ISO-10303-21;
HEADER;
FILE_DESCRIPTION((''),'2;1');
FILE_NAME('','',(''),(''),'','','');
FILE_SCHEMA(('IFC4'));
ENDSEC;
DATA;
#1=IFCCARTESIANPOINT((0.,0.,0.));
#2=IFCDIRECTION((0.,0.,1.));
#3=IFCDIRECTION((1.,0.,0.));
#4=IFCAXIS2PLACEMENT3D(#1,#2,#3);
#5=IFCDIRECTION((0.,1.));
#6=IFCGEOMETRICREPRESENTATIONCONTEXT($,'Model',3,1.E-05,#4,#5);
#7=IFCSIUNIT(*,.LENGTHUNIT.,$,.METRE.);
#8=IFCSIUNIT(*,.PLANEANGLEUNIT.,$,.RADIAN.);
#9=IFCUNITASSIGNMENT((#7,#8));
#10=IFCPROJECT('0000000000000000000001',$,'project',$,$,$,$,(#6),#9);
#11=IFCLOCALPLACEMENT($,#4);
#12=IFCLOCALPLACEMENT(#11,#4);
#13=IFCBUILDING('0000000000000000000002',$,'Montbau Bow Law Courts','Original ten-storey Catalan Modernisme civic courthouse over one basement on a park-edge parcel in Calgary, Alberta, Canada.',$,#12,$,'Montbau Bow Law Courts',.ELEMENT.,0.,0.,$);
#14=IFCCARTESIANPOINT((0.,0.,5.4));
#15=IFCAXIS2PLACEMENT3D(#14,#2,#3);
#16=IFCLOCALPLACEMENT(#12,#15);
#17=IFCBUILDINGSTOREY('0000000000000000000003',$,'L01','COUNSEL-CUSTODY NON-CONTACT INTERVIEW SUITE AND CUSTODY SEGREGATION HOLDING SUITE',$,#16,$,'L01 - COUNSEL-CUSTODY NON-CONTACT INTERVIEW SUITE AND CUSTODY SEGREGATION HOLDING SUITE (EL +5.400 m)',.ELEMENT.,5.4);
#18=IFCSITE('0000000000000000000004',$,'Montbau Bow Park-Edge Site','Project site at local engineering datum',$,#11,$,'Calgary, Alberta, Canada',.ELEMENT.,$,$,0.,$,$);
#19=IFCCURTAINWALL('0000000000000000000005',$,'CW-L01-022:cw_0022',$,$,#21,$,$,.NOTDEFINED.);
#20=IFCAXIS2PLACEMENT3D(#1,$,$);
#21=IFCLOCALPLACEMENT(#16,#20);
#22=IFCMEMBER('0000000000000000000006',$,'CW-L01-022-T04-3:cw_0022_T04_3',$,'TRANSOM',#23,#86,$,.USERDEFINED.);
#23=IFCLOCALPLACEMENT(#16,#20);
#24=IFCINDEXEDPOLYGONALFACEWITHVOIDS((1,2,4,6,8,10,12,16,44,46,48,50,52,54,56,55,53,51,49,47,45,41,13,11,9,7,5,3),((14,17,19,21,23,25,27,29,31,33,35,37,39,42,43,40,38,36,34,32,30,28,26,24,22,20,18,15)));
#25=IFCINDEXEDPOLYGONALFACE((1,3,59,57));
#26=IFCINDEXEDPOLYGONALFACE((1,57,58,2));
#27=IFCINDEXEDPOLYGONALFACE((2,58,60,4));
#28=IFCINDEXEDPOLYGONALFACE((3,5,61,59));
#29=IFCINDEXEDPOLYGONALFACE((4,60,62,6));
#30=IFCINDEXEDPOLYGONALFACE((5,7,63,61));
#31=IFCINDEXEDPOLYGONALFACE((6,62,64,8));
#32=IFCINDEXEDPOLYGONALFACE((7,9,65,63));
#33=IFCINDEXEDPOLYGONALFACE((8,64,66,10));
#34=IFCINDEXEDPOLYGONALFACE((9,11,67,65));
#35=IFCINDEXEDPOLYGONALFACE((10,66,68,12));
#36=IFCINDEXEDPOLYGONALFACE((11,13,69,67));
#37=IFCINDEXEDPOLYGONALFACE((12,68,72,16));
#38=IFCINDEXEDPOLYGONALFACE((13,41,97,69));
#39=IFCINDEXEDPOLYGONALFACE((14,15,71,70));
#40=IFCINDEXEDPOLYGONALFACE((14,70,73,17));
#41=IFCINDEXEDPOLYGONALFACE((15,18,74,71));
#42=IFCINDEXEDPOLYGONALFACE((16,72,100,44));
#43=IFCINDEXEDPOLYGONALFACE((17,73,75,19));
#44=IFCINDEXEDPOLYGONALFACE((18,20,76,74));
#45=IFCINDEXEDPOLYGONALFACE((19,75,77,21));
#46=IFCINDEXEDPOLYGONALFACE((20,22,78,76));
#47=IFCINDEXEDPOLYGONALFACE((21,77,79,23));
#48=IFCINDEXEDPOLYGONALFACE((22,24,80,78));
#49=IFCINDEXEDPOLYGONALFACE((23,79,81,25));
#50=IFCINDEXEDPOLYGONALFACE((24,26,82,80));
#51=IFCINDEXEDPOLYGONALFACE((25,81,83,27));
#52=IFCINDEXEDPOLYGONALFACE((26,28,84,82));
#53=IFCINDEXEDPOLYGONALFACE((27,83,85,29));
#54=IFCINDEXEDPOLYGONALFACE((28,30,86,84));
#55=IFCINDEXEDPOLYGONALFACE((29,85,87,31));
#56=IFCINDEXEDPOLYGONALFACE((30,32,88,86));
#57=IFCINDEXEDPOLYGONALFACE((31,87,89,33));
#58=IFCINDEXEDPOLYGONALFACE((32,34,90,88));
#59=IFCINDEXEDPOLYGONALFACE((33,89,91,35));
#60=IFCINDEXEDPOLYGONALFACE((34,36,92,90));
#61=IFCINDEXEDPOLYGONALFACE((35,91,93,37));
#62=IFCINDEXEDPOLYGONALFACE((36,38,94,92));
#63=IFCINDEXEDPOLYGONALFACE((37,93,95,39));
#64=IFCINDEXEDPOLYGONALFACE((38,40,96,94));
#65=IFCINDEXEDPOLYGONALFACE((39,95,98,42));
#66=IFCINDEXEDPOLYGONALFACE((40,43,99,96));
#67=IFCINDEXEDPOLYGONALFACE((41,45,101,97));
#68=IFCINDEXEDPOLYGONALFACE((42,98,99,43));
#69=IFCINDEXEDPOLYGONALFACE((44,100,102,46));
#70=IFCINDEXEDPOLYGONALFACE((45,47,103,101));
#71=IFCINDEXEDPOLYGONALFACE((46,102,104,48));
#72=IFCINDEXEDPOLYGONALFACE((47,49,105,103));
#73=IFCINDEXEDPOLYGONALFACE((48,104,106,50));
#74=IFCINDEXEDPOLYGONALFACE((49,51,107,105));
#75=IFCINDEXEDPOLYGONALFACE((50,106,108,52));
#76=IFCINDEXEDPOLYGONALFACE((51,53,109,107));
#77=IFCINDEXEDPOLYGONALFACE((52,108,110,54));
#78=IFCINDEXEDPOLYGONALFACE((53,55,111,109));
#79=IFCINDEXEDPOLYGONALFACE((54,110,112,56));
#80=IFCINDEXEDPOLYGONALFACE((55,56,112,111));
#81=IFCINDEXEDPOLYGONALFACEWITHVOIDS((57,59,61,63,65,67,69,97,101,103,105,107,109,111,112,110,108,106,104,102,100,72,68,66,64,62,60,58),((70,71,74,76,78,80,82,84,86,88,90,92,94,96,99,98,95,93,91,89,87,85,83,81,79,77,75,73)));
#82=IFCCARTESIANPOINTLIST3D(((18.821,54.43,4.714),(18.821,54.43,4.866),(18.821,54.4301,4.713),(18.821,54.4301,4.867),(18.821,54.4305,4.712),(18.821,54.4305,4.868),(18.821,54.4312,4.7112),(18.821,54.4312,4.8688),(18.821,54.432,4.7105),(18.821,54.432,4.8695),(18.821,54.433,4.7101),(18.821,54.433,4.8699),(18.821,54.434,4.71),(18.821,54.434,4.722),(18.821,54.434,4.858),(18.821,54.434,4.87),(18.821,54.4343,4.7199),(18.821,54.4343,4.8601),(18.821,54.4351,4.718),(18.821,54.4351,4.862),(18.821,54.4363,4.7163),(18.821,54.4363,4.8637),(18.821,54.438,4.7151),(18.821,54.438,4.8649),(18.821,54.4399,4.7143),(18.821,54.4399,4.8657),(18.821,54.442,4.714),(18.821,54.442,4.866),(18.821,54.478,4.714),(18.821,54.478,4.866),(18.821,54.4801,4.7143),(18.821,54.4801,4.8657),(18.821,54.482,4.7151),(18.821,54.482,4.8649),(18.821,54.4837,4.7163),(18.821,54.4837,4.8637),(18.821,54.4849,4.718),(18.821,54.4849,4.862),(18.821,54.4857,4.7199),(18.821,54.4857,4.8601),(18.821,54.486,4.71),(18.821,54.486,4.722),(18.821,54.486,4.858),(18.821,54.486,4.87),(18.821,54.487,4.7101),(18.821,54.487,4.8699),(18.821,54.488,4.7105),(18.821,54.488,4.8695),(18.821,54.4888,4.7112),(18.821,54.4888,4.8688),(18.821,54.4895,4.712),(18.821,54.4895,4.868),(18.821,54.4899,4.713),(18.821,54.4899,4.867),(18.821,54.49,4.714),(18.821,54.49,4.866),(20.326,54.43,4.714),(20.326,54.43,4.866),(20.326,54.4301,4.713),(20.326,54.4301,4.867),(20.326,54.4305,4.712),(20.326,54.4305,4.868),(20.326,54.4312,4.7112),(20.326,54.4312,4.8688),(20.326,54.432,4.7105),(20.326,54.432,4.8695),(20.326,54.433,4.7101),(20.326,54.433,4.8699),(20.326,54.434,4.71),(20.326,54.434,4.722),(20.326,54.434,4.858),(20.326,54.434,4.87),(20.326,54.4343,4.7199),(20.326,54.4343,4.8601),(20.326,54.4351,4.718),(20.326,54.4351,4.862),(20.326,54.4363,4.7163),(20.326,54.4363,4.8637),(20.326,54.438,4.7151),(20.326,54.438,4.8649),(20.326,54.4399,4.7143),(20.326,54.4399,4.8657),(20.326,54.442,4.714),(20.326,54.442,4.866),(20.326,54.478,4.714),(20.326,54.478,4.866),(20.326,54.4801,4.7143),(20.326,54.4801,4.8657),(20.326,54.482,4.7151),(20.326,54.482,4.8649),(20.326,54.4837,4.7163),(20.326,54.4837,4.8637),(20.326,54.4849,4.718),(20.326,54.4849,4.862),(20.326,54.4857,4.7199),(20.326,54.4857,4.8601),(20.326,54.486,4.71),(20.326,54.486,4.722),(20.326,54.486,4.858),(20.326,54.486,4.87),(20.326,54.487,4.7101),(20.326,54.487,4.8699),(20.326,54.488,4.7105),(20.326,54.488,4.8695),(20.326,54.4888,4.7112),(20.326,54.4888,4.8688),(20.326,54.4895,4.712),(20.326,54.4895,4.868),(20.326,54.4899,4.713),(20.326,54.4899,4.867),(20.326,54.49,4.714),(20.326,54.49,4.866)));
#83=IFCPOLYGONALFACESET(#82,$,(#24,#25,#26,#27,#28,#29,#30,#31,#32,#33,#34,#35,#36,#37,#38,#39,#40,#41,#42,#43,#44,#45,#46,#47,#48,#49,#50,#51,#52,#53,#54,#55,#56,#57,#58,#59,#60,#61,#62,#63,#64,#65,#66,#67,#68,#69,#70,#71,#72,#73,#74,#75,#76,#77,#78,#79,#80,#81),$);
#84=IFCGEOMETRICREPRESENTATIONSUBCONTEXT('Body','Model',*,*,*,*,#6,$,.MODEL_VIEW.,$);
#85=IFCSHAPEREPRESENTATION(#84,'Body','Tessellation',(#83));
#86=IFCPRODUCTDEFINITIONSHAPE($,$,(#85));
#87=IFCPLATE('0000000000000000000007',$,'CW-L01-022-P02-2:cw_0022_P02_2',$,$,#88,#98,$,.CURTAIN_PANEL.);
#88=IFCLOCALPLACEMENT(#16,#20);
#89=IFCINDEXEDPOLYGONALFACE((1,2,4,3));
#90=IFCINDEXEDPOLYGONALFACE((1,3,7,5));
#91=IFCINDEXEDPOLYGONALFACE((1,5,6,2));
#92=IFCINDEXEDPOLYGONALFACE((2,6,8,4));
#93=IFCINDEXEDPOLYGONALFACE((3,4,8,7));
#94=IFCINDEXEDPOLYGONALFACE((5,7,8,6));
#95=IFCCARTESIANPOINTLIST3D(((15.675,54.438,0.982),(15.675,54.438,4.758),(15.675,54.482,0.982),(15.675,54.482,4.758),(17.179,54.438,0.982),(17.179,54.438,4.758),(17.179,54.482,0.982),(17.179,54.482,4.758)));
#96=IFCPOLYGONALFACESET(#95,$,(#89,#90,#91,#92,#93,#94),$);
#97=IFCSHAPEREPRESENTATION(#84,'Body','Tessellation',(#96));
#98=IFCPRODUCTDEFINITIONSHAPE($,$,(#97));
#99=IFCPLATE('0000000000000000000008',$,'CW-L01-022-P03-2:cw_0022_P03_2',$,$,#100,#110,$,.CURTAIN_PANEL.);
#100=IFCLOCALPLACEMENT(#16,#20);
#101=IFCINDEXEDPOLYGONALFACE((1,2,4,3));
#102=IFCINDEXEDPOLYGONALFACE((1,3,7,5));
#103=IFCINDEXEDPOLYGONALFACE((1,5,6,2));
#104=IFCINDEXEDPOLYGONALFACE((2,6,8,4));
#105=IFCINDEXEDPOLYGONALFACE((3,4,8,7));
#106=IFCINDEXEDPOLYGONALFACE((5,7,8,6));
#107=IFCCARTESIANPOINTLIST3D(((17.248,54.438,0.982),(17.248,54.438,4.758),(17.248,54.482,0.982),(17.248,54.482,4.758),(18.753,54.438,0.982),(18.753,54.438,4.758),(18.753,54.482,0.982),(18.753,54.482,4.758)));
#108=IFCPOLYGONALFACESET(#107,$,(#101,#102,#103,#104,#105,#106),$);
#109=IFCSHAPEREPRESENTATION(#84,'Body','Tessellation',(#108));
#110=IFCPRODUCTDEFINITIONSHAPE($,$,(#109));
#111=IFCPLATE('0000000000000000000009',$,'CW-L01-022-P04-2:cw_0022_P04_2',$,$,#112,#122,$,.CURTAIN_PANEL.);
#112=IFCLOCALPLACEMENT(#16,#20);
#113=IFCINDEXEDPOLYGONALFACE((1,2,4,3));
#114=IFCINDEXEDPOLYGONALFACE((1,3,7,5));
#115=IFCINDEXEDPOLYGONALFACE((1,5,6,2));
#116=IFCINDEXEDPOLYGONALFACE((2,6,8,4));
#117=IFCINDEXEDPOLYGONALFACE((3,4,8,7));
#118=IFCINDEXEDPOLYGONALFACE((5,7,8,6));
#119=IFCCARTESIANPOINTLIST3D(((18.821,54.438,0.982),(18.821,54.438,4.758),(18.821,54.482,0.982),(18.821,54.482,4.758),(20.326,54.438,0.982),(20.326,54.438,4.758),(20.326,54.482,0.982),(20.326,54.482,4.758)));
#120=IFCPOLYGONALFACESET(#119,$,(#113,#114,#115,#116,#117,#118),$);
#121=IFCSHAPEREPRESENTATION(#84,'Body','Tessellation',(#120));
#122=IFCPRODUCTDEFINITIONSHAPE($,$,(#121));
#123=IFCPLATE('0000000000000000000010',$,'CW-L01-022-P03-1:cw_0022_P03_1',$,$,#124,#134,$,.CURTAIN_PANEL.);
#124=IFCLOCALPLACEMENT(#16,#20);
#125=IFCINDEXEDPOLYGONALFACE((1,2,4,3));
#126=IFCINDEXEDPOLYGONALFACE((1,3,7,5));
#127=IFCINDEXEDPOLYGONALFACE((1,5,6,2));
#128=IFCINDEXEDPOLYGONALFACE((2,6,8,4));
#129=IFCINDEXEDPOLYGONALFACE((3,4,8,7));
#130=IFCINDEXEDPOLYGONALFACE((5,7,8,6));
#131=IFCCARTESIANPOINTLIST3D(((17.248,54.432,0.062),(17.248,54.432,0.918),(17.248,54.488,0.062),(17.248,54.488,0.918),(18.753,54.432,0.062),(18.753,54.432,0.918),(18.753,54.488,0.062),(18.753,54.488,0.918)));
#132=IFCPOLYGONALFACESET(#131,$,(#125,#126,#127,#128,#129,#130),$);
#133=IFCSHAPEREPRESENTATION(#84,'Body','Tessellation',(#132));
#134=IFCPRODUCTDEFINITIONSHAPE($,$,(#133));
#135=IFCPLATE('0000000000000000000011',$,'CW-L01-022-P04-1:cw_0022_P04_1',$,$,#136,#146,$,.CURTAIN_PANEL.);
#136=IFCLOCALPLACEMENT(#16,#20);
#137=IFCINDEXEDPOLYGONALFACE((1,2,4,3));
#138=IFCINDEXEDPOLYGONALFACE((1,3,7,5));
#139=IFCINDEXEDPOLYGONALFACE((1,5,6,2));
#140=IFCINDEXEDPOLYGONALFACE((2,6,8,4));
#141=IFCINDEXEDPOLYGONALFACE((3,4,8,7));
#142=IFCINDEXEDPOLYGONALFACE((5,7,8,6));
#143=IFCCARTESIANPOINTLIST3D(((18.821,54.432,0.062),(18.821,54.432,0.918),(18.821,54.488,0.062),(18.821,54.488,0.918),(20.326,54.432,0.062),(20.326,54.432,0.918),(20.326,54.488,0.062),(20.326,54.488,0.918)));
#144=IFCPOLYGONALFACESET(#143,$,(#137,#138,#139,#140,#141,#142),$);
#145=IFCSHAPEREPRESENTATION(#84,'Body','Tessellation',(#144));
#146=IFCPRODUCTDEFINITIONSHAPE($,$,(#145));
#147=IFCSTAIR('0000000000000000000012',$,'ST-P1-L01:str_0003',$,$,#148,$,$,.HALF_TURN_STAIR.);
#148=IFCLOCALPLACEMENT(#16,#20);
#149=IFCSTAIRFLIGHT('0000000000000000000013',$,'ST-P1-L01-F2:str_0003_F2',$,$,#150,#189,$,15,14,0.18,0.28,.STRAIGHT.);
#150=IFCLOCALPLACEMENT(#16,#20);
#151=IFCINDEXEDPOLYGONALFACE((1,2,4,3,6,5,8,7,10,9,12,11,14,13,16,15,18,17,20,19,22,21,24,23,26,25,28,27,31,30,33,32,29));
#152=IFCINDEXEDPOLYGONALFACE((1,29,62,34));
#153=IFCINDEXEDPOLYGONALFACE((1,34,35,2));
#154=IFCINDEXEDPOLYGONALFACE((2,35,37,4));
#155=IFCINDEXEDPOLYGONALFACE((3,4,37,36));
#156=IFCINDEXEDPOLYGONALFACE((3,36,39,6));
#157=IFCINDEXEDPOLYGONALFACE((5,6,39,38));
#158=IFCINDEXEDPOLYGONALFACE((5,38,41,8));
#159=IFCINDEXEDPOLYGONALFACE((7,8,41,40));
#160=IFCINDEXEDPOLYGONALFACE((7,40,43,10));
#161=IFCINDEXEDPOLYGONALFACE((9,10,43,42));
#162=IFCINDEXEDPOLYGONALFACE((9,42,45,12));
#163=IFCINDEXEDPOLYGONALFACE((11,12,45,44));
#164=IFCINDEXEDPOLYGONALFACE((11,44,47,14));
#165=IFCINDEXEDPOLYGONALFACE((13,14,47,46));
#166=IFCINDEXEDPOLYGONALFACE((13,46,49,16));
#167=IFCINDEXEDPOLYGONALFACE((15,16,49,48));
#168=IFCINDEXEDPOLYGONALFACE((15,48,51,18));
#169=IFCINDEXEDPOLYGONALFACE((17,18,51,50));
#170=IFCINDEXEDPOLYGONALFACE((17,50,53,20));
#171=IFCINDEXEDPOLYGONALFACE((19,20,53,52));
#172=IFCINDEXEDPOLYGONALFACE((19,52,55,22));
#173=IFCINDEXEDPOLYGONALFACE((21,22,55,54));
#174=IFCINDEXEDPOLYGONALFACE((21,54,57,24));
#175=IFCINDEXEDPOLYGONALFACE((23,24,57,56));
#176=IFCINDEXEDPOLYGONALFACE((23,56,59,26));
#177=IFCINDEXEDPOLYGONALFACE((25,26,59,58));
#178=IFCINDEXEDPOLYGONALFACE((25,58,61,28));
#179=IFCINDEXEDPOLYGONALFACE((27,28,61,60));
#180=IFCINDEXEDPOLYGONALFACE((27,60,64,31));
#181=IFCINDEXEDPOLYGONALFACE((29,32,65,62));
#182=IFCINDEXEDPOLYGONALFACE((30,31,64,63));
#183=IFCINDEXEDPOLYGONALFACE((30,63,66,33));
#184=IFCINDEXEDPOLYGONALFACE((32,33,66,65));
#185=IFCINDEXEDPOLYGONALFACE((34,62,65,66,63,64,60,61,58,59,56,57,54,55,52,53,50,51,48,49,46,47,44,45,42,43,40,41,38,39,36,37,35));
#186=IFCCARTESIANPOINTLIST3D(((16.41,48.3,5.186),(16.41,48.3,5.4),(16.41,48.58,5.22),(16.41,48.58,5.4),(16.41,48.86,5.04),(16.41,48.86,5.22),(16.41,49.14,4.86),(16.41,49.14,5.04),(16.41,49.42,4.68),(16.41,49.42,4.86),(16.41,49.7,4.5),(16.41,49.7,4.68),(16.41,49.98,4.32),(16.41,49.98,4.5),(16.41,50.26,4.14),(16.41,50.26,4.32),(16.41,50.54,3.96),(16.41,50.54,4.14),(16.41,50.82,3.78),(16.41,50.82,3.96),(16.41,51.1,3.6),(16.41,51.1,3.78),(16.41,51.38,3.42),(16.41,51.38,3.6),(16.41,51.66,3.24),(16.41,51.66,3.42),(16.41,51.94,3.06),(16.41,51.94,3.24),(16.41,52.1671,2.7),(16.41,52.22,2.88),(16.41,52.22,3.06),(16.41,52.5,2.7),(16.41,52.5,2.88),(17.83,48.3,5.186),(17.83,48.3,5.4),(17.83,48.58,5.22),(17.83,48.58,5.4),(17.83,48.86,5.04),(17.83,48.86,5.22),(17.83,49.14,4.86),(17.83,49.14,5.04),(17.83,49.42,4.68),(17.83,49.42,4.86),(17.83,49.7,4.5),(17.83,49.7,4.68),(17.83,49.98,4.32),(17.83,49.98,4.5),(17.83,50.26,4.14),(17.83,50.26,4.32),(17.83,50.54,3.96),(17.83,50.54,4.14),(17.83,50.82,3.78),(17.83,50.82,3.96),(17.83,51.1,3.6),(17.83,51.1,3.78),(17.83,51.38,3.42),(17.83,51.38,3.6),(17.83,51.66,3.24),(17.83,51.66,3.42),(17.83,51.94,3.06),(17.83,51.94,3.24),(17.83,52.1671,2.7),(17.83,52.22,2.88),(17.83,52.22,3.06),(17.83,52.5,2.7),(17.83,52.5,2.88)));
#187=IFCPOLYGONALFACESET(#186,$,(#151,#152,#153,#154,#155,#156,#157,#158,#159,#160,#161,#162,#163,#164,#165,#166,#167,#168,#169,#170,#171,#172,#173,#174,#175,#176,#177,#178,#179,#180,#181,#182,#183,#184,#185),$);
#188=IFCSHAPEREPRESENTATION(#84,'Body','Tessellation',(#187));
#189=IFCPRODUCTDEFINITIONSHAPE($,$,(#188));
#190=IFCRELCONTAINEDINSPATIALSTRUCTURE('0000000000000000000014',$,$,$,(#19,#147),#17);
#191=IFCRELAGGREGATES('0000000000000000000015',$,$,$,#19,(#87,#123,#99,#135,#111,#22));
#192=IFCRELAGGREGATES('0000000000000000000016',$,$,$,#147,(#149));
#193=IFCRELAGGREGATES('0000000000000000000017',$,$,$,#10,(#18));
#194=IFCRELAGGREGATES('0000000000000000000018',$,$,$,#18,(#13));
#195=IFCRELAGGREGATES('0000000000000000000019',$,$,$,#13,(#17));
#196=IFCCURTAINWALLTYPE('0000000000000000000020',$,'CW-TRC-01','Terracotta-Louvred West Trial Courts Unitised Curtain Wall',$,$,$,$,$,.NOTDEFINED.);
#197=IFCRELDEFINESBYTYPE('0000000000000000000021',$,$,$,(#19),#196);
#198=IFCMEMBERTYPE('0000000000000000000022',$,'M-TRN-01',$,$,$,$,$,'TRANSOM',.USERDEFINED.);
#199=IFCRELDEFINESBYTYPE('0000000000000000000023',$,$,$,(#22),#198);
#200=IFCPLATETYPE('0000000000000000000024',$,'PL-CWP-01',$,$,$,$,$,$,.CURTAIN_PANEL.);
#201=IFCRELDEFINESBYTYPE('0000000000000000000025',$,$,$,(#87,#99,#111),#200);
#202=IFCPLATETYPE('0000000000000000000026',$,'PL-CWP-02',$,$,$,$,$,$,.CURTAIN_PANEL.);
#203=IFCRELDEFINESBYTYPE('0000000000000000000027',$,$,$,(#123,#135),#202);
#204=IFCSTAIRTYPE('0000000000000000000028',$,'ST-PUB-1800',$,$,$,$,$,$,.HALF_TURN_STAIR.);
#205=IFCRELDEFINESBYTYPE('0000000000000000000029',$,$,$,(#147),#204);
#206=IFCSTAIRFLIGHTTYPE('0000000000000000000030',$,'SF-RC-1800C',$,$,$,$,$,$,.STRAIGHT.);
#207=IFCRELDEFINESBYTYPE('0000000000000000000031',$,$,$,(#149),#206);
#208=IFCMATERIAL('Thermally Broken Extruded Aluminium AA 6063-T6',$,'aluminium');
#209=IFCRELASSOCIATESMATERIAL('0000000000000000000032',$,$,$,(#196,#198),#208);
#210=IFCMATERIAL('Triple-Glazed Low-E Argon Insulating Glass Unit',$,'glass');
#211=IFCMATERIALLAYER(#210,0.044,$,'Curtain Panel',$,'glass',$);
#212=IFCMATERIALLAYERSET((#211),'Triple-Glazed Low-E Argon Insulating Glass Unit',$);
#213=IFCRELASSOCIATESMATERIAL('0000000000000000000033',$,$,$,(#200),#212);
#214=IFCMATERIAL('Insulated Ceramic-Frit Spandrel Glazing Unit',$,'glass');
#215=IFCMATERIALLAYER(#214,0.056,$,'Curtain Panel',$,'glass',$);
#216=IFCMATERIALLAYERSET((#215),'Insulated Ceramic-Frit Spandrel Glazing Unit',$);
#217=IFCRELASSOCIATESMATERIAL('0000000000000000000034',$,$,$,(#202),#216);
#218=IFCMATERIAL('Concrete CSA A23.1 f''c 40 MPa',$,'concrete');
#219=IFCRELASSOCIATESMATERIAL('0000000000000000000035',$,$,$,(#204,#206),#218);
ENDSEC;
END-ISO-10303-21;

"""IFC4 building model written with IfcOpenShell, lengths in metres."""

from ifc_helpers import new_model, si_unit, direction, frame, frame_2d, origin_with_axes, origin_2d_with_axis, place, context, subcontext, project, spatial, polyline, rectangle, hollow_rectangle, outline, extrude, material, layer, layer_set, material_profile, profile_set, type_object, element, aggregate, save


model = new_model("IFC4")

# Units and contexts
model_context = context("Model", 3, precision=1e-05, world=origin_with_axes(), true_north=direction((0.0, 1.0)))
body_context = subcontext(model_context, "Body", "Model", "MODEL_VIEW")
ifc_project = project(units=[si_unit("LENGTHUNIT", "METRE"), si_unit("PLANEANGLEUNIT", "RADIAN")], contexts=[model_context])

# Site, building, storey
site_placement = place(None, origin_with_axes())
site = spatial("IfcSite", under=ifc_project, at=site_placement, Name="Montbau Bow Park-Edge Site", Description="Project site at local engineering datum", LongName="Calgary, Alberta, Canada", CompositionType="ELEMENT", RefElevation=0.0)
building_placement = place(site_placement, origin_with_axes())
building = spatial("IfcBuilding", under=site, at=building_placement, Name="Montbau Bow Law Courts", Description="Original ten-storey Catalan Modernisme civic courthouse over one basement on a park-edge parcel in Calgary, Alberta, Canada.", LongName="Montbau Bow Law Courts", CompositionType="ELEMENT", ElevationOfRefHeight=0.0, ElevationOfTerrain=0.0)
storey_placement = place(building_placement, frame((0.0, 0.0, 5.4), z_axis=(0.0, 0.0, 1.0), x_axis=(1.0, 0.0, 0.0)))
storey = spatial("IfcBuildingStorey", under=building, at=storey_placement, Name="L01", Description="COUNSEL-CUSTODY NON-CONTACT INTERVIEW SUITE AND CUSTODY SEGREGATION HOLDING SUITE", LongName="L01 - COUNSEL-CUSTODY NON-CONTACT INTERVIEW SUITE AND CUSTODY SEGREGATION HOLDING SUITE (EL +5.400 m)", CompositionType="ELEMENT", Elevation=5.4)

# Curtain wall, member, plates
ifc_material_1 = material(Name="Thermally Broken Extruded Aluminium AA 6063-T6", Category="aluminium")
curtain_wall_type = type_object("IfcCurtainWallType", Name="CW-TRC-01", Description="Terracotta-Louvred West Trial Courts Unitised Curtain Wall", PredefinedType="NOTDEFINED", material=ifc_material_1)
curtain_wall_placement = place(None, frame((14.068, 54.46, 5.4), z_axis=(0.0, 0.0, 1.0), x_axis=(1.0, 0.0, 0.0)))
curtain_wall = element("IfcCurtainWall", 1, at=curtain_wall_placement, inside=storey, type_object=curtain_wall_type, Name="CW-L01-022:cw_0022", PredefinedType="NOTDEFINED")
ifc_material_profile_1 = material_profile(ifc_material_1, hollow_rectangle(XDim=0.06, YDim=0.16, WallThickness=0.004, InnerFilletRadius=0.008, OuterFilletRadius=0.004, at=origin_2d_with_axis()), Name="CWT-160X60", Category="Main", Priority=0)
ifc_profile_set_1 = profile_set([ifc_material_profile_1], Name="Thermally Broken Extruded Aluminium AA 6063-T6")
member_type_1 = type_object("IfcMemberType", Name="M-TRN-01", ElementType="TRANSOM", PredefinedType="USERDEFINED", material=ifc_profile_set_1)
member_1_placement = place(None, frame((18.821, 54.46, 10.19), z_axis=(1.0, 0.0, 0.0), x_axis=(0.0, 1.0, 0.0)))
member_1 = element("IfcMember", 2, at=member_1_placement, type_object=member_type_1, Name="CW-L01-022-T04-3:cw_0022_T04_3", ObjectType="TRANSOM", PredefinedType="USERDEFINED", context=body_context, shape_type="SweptSolid", body=[
    extrude(hollow_rectangle(XDim=0.06, YDim=0.16, WallThickness=0.004, InnerFilletRadius=0.008, OuterFilletRadius=0.004, at=origin_2d_with_axis()), origin_with_axes(), (0.0, 0.0, 1.0), 1.505),
])
ifc_material_2 = material(Name="Triple-Glazed Low-E Argon Insulating Glass Unit", Category="glass")
ifc_layer_1 = layer(ifc_material_2, 0.044, Name="Curtain Panel", Category="glass")
ifc_layer_set_1 = layer_set([ifc_layer_1], Name="Triple-Glazed Low-E Argon Insulating Glass Unit")
plate_type_1 = type_object("IfcPlateType", Name="PL-CWP-01", PredefinedType="CURTAIN_PANEL", material=ifc_layer_set_1)
plate_1_placement = place(None, frame((15.675, 54.46, 6.382), z_axis=(0.0, -1.0, 0.0), x_axis=(1.0, 0.0, 0.0)))
plate_1 = element("IfcPlate", 3, at=plate_1_placement, type_object=plate_type_1, Name="CW-L01-022-P02-2:cw_0022_P02_2", PredefinedType="CURTAIN_PANEL", context=body_context, shape_type="SweptSolid", body=[
    extrude(rectangle(XDim=1.504, YDim=3.776, at=frame_2d((0.752, 1.888), x_axis=(1.0, 0.0))), frame((0.0, 0.0, -0.022), z_axis=(0.0, 0.0, 1.0), x_axis=(1.0, 0.0, 0.0)), (0.0, 0.0, 1.0), 0.044),
])
plate_2_placement = place(None, frame((17.248, 54.46, 6.382), z_axis=(0.0, -1.0, 0.0), x_axis=(1.0, 0.0, 0.0)))
plate_2 = element("IfcPlate", 4, at=plate_2_placement, type_object=plate_type_1, Name="CW-L01-022-P03-2:cw_0022_P03_2", PredefinedType="CURTAIN_PANEL", context=body_context, shape_type="SweptSolid", body=[
    extrude(rectangle(XDim=1.505, YDim=3.776, at=frame_2d((0.7525, 1.888), x_axis=(1.0, 0.0))), frame((0.0, 0.0, -0.022), z_axis=(0.0, 0.0, 1.0), x_axis=(1.0, 0.0, 0.0)), (0.0, 0.0, 1.0), 0.044),
])
plate_3_placement = place(None, frame((18.821, 54.46, 6.382), z_axis=(0.0, -1.0, 0.0), x_axis=(1.0, 0.0, 0.0)))
plate_3 = element("IfcPlate", 5, at=plate_3_placement, type_object=plate_type_1, Name="CW-L01-022-P04-2:cw_0022_P04_2", PredefinedType="CURTAIN_PANEL", context=body_context, shape_type="SweptSolid", body=[
    extrude(rectangle(XDim=1.505, YDim=3.776, at=frame_2d((0.7525, 1.888), x_axis=(1.0, 0.0))), frame((0.0, 0.0, -0.022), z_axis=(0.0, 0.0, 1.0), x_axis=(1.0, 0.0, 0.0)), (0.0, 0.0, 1.0), 0.044),
])
ifc_material_3 = material(Name="Insulated Ceramic-Frit Spandrel Glazing Unit", Category="glass")
ifc_layer_2 = layer(ifc_material_3, 0.056, Name="Curtain Panel", Category="glass")
ifc_layer_set_2 = layer_set([ifc_layer_2], Name="Insulated Ceramic-Frit Spandrel Glazing Unit")
plate_type_2 = type_object("IfcPlateType", Name="PL-CWP-02", PredefinedType="CURTAIN_PANEL", material=ifc_layer_set_2)
plate_4_placement = place(None, frame((17.248, 54.46, 5.462), z_axis=(0.0, -1.0, 0.0), x_axis=(1.0, 0.0, 0.0)))
plate_4 = element("IfcPlate", 6, at=plate_4_placement, type_object=plate_type_2, Name="CW-L01-022-P03-1:cw_0022_P03_1", PredefinedType="CURTAIN_PANEL", context=body_context, shape_type="SweptSolid", body=[
    extrude(rectangle(XDim=1.505, YDim=0.856, at=frame_2d((0.7525, 0.428), x_axis=(1.0, 0.0))), frame((0.0, 0.0, -0.028), z_axis=(0.0, 0.0, 1.0), x_axis=(1.0, 0.0, 0.0)), (0.0, 0.0, 1.0), 0.056),
])
plate_5_placement = place(None, frame((18.821, 54.46, 5.462), z_axis=(0.0, -1.0, 0.0), x_axis=(1.0, 0.0, 0.0)))
plate_5 = element("IfcPlate", 7, at=plate_5_placement, type_object=plate_type_2, Name="CW-L01-022-P04-1:cw_0022_P04_1", PredefinedType="CURTAIN_PANEL", context=body_context, shape_type="SweptSolid", body=[
    extrude(rectangle(XDim=1.505, YDim=0.856, at=frame_2d((0.7525, 0.428), x_axis=(1.0, 0.0))), frame((0.0, 0.0, -0.028), z_axis=(0.0, 0.0, 1.0), x_axis=(1.0, 0.0, 0.0)), (0.0, 0.0, 1.0), 0.056),
])
aggregate(curtain_wall, [plate_1, plate_4, plate_2, plate_5, plate_3, member_1])

# Stair, stair flight
ifc_material_4 = material(Name="Concrete CSA A23.1 f'c 40 MPa", Category="concrete")
stair_type = type_object("IfcStairType", Name="ST-PUB-1800", PredefinedType="HALF_TURN_STAIR", material=ifc_material_4)
stair_placement = place(None, frame((15.29, 48.3, 5.4), z_axis=(0.0, 0.0, 1.0), x_axis=(1.0, 0.0, 0.0)))
stair = element("IfcStair", 8, at=stair_placement, inside=storey, type_object=stair_type, Name="ST-P1-L01:str_0003", PredefinedType="HALF_TURN_STAIR")
stair_flight_type = type_object("IfcStairFlightType", Name="SF-RC-1800C", PredefinedType="STRAIGHT", material=ifc_material_4)
stair_flight_placement = place(None, frame((17.12, 52.5, 8.1), z_axis=(0.0, 0.0, 1.0), x_axis=(0.0, -1.0, 0.0)))
stair_flight = element("IfcStairFlight", 9, at=stair_flight_placement, type_object=stair_flight_type, Name="ST-P1-L01-F2:str_0003_F2", NumberOfRisers=15, NumberOfTreads=14, PredefinedType="STRAIGHT", RiserHeight=0.18, TreadLength=0.28, context=body_context, shape_type="SweptSolid", body=[
    extrude(outline(polyline([(0.0, 0.0), (0.0, 0.18), (0.28, 0.18), (0.28, 0.36), (0.56, 0.36), (0.56, 0.54), (0.84, 0.54), (0.84, 0.72), (1.12, 0.72), (1.12, 0.9), (1.4, 0.9), (1.4, 1.08), (1.68, 1.08), (1.68, 1.26), (1.96, 1.26), (1.96, 1.44), (2.24, 1.44), (2.24, 1.62), (2.52, 1.62), (2.52, 1.8), (2.8, 1.8), (2.8, 1.98), (3.08, 1.98), (3.08, 2.16), (3.36, 2.16), (3.36, 2.34), (3.64, 2.34), (3.64, 2.52), (3.92, 2.52), (3.92, 2.7), (4.2, 2.7), (4.2, 2.486), (0.3329, 0.0), (0.0, 0.0)])), frame((0.0, 0.71, 0.0), z_axis=(0.0, -1.0, 0.0), x_axis=(1.0, 0.0, 0.0)), (0.0, 0.0, 1.0), 1.42),
])
aggregate(stair, [stair_flight])

save(model, "model.ifc")
